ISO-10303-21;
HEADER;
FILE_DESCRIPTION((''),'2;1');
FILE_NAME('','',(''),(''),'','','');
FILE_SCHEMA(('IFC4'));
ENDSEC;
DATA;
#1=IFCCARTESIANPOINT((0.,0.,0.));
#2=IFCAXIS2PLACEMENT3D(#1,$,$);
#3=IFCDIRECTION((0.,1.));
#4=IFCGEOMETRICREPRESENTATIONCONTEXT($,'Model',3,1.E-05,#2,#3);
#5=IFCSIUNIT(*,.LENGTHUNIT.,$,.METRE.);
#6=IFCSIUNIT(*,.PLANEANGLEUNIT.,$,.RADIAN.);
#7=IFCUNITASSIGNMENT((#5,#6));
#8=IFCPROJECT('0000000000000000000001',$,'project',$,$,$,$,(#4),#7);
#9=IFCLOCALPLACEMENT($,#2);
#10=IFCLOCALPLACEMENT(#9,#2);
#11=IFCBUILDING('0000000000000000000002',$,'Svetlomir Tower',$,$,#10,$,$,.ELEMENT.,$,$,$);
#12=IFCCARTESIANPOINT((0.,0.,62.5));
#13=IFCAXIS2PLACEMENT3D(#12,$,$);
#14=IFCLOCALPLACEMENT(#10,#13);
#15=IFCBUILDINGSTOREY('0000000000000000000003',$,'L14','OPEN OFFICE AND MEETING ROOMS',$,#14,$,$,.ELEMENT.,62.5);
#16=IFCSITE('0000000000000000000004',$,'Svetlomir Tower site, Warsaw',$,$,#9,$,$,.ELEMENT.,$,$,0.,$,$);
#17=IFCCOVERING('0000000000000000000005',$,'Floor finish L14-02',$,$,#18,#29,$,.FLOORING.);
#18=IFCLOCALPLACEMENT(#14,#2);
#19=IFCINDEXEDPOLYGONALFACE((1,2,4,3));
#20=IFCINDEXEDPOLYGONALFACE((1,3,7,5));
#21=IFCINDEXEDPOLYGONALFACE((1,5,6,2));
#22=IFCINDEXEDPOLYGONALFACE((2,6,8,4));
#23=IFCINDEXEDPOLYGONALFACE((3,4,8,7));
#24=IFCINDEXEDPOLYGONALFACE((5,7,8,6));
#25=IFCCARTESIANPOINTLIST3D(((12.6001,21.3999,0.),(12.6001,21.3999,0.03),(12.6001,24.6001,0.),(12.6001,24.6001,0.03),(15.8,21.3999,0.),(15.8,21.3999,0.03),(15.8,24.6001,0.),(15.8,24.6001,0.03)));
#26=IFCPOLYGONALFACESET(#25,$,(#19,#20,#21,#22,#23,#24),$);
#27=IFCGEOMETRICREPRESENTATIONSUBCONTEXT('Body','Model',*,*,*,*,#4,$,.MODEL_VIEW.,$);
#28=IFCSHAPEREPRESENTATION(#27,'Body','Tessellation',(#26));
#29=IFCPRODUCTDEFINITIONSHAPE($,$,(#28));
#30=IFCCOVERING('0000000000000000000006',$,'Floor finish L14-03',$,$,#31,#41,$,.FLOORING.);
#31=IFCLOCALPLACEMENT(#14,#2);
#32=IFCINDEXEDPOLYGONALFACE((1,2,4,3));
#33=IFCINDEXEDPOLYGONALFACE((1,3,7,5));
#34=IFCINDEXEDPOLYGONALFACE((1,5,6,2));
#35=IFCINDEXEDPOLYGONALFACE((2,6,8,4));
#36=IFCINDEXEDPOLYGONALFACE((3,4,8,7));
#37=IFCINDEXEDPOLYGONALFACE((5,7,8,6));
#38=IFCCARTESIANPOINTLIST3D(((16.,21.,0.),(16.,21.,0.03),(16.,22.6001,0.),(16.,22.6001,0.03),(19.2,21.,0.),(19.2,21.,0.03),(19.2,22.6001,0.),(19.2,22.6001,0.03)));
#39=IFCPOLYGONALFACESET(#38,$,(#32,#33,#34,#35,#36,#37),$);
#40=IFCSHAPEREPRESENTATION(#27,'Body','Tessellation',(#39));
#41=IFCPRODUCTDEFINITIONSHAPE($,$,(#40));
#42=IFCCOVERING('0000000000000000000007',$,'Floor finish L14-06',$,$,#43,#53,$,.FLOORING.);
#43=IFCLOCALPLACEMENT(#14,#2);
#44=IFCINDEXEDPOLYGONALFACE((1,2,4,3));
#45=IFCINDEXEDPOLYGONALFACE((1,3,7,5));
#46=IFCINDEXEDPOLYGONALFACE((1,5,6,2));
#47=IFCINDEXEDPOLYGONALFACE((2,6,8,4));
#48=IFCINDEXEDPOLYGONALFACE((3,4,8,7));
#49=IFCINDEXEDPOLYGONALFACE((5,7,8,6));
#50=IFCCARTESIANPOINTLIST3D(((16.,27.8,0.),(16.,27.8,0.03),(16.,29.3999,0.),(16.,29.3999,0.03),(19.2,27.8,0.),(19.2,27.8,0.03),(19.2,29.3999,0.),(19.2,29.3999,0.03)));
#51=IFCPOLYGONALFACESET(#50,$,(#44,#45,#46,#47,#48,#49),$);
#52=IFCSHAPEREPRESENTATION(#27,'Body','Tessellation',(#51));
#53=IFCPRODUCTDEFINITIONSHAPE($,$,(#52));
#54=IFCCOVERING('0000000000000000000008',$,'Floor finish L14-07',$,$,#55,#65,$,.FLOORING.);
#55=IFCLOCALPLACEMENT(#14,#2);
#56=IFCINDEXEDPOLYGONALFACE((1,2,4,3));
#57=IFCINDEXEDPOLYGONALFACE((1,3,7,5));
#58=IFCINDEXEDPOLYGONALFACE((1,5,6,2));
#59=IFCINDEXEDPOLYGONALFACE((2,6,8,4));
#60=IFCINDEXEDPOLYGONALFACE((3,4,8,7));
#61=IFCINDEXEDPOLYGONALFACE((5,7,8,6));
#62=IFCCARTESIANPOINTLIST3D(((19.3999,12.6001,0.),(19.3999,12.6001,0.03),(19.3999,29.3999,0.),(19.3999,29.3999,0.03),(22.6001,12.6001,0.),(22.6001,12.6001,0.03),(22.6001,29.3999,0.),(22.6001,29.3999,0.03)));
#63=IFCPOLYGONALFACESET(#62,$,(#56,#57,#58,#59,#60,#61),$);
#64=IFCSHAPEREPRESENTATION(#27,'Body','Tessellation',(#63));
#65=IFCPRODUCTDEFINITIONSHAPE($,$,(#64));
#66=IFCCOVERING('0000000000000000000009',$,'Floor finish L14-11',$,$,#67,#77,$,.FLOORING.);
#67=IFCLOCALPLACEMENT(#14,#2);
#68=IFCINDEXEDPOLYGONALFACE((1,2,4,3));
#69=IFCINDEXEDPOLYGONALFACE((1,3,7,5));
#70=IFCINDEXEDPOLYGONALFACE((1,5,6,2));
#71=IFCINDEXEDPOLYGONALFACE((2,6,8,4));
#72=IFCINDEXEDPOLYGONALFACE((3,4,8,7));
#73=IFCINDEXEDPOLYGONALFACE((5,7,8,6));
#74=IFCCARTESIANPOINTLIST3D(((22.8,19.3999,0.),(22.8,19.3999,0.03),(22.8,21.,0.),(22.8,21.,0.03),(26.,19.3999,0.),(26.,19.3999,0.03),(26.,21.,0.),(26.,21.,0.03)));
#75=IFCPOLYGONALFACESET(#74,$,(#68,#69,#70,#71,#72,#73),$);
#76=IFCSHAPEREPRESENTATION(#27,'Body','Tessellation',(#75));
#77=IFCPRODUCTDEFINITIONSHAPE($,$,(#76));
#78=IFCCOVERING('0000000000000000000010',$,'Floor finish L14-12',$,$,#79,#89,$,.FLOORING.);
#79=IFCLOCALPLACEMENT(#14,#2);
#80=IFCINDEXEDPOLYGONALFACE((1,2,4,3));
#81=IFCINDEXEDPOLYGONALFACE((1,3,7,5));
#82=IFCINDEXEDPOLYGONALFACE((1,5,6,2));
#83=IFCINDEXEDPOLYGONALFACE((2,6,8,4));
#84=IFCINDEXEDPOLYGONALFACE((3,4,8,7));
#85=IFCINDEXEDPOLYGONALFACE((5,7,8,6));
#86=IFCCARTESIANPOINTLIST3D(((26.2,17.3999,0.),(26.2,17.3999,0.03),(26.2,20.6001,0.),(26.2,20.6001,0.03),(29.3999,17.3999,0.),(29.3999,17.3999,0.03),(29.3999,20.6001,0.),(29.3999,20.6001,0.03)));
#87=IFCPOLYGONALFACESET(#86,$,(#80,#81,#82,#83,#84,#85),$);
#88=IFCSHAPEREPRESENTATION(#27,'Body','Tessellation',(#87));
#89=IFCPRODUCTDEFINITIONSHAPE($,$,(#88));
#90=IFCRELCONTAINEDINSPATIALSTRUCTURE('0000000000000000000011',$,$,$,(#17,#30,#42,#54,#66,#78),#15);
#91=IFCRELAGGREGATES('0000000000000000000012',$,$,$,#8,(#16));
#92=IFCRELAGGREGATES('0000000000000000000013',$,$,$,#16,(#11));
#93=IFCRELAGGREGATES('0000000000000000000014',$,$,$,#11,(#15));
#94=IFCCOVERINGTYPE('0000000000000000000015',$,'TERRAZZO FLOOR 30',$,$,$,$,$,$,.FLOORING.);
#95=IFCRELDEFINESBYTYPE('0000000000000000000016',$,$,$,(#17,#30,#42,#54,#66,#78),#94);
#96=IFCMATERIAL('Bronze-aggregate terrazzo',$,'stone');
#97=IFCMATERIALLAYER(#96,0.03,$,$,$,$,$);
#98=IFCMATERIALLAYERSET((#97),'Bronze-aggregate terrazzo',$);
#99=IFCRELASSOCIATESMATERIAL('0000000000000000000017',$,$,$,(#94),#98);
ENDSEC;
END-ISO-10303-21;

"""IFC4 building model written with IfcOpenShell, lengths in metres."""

from ifc_helpers import new_model, si_unit, direction, frame, origin, place, context, subcontext, project, spatial, polyline, outline, extrude, material, layer, layer_set, type_object, element, save


model = new_model("IFC4")

# Units and contexts
model_context = context("Model", 3, precision=1e-05, world=origin(), true_north=direction((0.0, 1.0)))
body_context = subcontext(model_context, "Body", "Model", "MODEL_VIEW")
ifc_project = project(units=[si_unit("LENGTHUNIT", "METRE"), si_unit("PLANEANGLEUNIT", "RADIAN")], contexts=[model_context])

# Site, building, storey
site_placement = place(None, origin())
site = spatial("IfcSite", under=ifc_project, at=site_placement, Name="Svetlomir Tower site, Warsaw", CompositionType="ELEMENT", RefElevation=0.0)
building_placement = place(site_placement, origin())
building = spatial("IfcBuilding", under=site, at=building_placement, Name="Svetlomir Tower", CompositionType="ELEMENT")
storey_placement = place(building_placement, frame((0.0, 0.0, 62.5)))
storey = spatial("IfcBuildingStorey", under=building, at=storey_placement, Name="L14", Description="OPEN OFFICE AND MEETING ROOMS", CompositionType="ELEMENT", Elevation=62.5)

# Coverings
ifc_material_1 = material(Name="Bronze-aggregate terrazzo", Category="stone")
ifc_layer_1 = layer(ifc_material_1, 0.03)
ifc_layer_set_1 = layer_set([ifc_layer_1], Name="Bronze-aggregate terrazzo")
covering_type_1 = type_object("IfcCoveringType", Name="TERRAZZO FLOOR 30", PredefinedType="FLOORING", material=ifc_layer_set_1)
covering_1_placement = place(storey_placement, origin())
element("IfcCovering", 1, at=covering_1_placement, inside=storey, type_object=covering_type_1, Name="Floor finish L14-02", PredefinedType="FLOORING", context=body_context, shape_type="SweptSolid", body=[
    extrude(outline(polyline([(12.6001, 21.3999), (15.8, 21.3999), (15.8, 24.6001), (12.6001, 24.6001), (12.6001, 21.3999)])), origin(), (0.0, 0.0, 1.0), 0.03),
])
covering_2_placement = place(storey_placement, origin())
element("IfcCovering", 2, at=covering_2_placement, inside=storey, type_object=covering_type_1, Name="Floor finish L14-03", PredefinedType="FLOORING", context=body_context, shape_type="SweptSolid", body=[
    extrude(outline(polyline([(16.0, 21.0), (19.2, 21.0), (19.2, 22.6001), (16.0, 22.6001), (16.0, 21.0)])), origin(), (0.0, 0.0, 1.0), 0.03),
])
covering_3_placement = place(storey_placement, origin())
element("IfcCovering", 3, at=covering_3_placement, inside=storey, type_object=covering_type_1, Name="Floor finish L14-06", PredefinedType="FLOORING", context=body_context, shape_type="SweptSolid", body=[
    extrude(outline(polyline([(16.0, 27.8), (19.2, 27.8), (19.2, 29.3999), (16.0, 29.3999), (16.0, 27.8)])), origin(), (0.0, 0.0, 1.0), 0.03),
])
covering_4_placement = place(storey_placement, origin())
element("IfcCovering", 4, at=covering_4_placement, inside=storey, type_object=covering_type_1, Name="Floor finish L14-07", PredefinedType="FLOORING", context=body_context, shape_type="SweptSolid", body=[
    extrude(outline(polyline([(19.3999, 12.6001), (22.6001, 12.6001), (22.6001, 29.3999), (19.3999, 29.3999), (19.3999, 12.6001)])), origin(), (0.0, 0.0, 1.0), 0.03),
])
covering_5_placement = place(storey_placement, origin())
element("IfcCovering", 5, at=covering_5_placement, inside=storey, type_object=covering_type_1, Name="Floor finish L14-11", PredefinedType="FLOORING", context=body_context, shape_type="SweptSolid", body=[
    extrude(outline(polyline([(22.8, 19.3999), (26.0, 19.3999), (26.0, 21.0), (22.8, 21.0), (22.8, 19.3999)])), origin(), (0.0, 0.0, 1.0), 0.03),
])
covering_6_placement = place(storey_placement, origin())
element("IfcCovering", 6, at=covering_6_placement, inside=storey, type_object=covering_type_1, Name="Floor finish L14-12", PredefinedType="FLOORING", context=body_context, shape_type="SweptSolid", body=[
    extrude(outline(polyline([(26.2, 17.3999), (29.3999, 17.3999), (29.3999, 20.6001), (26.2, 20.6001), (26.2, 17.3999)])), origin(), (0.0, 0.0, 1.0), 0.03),
])

save(model, "model.ifc")
